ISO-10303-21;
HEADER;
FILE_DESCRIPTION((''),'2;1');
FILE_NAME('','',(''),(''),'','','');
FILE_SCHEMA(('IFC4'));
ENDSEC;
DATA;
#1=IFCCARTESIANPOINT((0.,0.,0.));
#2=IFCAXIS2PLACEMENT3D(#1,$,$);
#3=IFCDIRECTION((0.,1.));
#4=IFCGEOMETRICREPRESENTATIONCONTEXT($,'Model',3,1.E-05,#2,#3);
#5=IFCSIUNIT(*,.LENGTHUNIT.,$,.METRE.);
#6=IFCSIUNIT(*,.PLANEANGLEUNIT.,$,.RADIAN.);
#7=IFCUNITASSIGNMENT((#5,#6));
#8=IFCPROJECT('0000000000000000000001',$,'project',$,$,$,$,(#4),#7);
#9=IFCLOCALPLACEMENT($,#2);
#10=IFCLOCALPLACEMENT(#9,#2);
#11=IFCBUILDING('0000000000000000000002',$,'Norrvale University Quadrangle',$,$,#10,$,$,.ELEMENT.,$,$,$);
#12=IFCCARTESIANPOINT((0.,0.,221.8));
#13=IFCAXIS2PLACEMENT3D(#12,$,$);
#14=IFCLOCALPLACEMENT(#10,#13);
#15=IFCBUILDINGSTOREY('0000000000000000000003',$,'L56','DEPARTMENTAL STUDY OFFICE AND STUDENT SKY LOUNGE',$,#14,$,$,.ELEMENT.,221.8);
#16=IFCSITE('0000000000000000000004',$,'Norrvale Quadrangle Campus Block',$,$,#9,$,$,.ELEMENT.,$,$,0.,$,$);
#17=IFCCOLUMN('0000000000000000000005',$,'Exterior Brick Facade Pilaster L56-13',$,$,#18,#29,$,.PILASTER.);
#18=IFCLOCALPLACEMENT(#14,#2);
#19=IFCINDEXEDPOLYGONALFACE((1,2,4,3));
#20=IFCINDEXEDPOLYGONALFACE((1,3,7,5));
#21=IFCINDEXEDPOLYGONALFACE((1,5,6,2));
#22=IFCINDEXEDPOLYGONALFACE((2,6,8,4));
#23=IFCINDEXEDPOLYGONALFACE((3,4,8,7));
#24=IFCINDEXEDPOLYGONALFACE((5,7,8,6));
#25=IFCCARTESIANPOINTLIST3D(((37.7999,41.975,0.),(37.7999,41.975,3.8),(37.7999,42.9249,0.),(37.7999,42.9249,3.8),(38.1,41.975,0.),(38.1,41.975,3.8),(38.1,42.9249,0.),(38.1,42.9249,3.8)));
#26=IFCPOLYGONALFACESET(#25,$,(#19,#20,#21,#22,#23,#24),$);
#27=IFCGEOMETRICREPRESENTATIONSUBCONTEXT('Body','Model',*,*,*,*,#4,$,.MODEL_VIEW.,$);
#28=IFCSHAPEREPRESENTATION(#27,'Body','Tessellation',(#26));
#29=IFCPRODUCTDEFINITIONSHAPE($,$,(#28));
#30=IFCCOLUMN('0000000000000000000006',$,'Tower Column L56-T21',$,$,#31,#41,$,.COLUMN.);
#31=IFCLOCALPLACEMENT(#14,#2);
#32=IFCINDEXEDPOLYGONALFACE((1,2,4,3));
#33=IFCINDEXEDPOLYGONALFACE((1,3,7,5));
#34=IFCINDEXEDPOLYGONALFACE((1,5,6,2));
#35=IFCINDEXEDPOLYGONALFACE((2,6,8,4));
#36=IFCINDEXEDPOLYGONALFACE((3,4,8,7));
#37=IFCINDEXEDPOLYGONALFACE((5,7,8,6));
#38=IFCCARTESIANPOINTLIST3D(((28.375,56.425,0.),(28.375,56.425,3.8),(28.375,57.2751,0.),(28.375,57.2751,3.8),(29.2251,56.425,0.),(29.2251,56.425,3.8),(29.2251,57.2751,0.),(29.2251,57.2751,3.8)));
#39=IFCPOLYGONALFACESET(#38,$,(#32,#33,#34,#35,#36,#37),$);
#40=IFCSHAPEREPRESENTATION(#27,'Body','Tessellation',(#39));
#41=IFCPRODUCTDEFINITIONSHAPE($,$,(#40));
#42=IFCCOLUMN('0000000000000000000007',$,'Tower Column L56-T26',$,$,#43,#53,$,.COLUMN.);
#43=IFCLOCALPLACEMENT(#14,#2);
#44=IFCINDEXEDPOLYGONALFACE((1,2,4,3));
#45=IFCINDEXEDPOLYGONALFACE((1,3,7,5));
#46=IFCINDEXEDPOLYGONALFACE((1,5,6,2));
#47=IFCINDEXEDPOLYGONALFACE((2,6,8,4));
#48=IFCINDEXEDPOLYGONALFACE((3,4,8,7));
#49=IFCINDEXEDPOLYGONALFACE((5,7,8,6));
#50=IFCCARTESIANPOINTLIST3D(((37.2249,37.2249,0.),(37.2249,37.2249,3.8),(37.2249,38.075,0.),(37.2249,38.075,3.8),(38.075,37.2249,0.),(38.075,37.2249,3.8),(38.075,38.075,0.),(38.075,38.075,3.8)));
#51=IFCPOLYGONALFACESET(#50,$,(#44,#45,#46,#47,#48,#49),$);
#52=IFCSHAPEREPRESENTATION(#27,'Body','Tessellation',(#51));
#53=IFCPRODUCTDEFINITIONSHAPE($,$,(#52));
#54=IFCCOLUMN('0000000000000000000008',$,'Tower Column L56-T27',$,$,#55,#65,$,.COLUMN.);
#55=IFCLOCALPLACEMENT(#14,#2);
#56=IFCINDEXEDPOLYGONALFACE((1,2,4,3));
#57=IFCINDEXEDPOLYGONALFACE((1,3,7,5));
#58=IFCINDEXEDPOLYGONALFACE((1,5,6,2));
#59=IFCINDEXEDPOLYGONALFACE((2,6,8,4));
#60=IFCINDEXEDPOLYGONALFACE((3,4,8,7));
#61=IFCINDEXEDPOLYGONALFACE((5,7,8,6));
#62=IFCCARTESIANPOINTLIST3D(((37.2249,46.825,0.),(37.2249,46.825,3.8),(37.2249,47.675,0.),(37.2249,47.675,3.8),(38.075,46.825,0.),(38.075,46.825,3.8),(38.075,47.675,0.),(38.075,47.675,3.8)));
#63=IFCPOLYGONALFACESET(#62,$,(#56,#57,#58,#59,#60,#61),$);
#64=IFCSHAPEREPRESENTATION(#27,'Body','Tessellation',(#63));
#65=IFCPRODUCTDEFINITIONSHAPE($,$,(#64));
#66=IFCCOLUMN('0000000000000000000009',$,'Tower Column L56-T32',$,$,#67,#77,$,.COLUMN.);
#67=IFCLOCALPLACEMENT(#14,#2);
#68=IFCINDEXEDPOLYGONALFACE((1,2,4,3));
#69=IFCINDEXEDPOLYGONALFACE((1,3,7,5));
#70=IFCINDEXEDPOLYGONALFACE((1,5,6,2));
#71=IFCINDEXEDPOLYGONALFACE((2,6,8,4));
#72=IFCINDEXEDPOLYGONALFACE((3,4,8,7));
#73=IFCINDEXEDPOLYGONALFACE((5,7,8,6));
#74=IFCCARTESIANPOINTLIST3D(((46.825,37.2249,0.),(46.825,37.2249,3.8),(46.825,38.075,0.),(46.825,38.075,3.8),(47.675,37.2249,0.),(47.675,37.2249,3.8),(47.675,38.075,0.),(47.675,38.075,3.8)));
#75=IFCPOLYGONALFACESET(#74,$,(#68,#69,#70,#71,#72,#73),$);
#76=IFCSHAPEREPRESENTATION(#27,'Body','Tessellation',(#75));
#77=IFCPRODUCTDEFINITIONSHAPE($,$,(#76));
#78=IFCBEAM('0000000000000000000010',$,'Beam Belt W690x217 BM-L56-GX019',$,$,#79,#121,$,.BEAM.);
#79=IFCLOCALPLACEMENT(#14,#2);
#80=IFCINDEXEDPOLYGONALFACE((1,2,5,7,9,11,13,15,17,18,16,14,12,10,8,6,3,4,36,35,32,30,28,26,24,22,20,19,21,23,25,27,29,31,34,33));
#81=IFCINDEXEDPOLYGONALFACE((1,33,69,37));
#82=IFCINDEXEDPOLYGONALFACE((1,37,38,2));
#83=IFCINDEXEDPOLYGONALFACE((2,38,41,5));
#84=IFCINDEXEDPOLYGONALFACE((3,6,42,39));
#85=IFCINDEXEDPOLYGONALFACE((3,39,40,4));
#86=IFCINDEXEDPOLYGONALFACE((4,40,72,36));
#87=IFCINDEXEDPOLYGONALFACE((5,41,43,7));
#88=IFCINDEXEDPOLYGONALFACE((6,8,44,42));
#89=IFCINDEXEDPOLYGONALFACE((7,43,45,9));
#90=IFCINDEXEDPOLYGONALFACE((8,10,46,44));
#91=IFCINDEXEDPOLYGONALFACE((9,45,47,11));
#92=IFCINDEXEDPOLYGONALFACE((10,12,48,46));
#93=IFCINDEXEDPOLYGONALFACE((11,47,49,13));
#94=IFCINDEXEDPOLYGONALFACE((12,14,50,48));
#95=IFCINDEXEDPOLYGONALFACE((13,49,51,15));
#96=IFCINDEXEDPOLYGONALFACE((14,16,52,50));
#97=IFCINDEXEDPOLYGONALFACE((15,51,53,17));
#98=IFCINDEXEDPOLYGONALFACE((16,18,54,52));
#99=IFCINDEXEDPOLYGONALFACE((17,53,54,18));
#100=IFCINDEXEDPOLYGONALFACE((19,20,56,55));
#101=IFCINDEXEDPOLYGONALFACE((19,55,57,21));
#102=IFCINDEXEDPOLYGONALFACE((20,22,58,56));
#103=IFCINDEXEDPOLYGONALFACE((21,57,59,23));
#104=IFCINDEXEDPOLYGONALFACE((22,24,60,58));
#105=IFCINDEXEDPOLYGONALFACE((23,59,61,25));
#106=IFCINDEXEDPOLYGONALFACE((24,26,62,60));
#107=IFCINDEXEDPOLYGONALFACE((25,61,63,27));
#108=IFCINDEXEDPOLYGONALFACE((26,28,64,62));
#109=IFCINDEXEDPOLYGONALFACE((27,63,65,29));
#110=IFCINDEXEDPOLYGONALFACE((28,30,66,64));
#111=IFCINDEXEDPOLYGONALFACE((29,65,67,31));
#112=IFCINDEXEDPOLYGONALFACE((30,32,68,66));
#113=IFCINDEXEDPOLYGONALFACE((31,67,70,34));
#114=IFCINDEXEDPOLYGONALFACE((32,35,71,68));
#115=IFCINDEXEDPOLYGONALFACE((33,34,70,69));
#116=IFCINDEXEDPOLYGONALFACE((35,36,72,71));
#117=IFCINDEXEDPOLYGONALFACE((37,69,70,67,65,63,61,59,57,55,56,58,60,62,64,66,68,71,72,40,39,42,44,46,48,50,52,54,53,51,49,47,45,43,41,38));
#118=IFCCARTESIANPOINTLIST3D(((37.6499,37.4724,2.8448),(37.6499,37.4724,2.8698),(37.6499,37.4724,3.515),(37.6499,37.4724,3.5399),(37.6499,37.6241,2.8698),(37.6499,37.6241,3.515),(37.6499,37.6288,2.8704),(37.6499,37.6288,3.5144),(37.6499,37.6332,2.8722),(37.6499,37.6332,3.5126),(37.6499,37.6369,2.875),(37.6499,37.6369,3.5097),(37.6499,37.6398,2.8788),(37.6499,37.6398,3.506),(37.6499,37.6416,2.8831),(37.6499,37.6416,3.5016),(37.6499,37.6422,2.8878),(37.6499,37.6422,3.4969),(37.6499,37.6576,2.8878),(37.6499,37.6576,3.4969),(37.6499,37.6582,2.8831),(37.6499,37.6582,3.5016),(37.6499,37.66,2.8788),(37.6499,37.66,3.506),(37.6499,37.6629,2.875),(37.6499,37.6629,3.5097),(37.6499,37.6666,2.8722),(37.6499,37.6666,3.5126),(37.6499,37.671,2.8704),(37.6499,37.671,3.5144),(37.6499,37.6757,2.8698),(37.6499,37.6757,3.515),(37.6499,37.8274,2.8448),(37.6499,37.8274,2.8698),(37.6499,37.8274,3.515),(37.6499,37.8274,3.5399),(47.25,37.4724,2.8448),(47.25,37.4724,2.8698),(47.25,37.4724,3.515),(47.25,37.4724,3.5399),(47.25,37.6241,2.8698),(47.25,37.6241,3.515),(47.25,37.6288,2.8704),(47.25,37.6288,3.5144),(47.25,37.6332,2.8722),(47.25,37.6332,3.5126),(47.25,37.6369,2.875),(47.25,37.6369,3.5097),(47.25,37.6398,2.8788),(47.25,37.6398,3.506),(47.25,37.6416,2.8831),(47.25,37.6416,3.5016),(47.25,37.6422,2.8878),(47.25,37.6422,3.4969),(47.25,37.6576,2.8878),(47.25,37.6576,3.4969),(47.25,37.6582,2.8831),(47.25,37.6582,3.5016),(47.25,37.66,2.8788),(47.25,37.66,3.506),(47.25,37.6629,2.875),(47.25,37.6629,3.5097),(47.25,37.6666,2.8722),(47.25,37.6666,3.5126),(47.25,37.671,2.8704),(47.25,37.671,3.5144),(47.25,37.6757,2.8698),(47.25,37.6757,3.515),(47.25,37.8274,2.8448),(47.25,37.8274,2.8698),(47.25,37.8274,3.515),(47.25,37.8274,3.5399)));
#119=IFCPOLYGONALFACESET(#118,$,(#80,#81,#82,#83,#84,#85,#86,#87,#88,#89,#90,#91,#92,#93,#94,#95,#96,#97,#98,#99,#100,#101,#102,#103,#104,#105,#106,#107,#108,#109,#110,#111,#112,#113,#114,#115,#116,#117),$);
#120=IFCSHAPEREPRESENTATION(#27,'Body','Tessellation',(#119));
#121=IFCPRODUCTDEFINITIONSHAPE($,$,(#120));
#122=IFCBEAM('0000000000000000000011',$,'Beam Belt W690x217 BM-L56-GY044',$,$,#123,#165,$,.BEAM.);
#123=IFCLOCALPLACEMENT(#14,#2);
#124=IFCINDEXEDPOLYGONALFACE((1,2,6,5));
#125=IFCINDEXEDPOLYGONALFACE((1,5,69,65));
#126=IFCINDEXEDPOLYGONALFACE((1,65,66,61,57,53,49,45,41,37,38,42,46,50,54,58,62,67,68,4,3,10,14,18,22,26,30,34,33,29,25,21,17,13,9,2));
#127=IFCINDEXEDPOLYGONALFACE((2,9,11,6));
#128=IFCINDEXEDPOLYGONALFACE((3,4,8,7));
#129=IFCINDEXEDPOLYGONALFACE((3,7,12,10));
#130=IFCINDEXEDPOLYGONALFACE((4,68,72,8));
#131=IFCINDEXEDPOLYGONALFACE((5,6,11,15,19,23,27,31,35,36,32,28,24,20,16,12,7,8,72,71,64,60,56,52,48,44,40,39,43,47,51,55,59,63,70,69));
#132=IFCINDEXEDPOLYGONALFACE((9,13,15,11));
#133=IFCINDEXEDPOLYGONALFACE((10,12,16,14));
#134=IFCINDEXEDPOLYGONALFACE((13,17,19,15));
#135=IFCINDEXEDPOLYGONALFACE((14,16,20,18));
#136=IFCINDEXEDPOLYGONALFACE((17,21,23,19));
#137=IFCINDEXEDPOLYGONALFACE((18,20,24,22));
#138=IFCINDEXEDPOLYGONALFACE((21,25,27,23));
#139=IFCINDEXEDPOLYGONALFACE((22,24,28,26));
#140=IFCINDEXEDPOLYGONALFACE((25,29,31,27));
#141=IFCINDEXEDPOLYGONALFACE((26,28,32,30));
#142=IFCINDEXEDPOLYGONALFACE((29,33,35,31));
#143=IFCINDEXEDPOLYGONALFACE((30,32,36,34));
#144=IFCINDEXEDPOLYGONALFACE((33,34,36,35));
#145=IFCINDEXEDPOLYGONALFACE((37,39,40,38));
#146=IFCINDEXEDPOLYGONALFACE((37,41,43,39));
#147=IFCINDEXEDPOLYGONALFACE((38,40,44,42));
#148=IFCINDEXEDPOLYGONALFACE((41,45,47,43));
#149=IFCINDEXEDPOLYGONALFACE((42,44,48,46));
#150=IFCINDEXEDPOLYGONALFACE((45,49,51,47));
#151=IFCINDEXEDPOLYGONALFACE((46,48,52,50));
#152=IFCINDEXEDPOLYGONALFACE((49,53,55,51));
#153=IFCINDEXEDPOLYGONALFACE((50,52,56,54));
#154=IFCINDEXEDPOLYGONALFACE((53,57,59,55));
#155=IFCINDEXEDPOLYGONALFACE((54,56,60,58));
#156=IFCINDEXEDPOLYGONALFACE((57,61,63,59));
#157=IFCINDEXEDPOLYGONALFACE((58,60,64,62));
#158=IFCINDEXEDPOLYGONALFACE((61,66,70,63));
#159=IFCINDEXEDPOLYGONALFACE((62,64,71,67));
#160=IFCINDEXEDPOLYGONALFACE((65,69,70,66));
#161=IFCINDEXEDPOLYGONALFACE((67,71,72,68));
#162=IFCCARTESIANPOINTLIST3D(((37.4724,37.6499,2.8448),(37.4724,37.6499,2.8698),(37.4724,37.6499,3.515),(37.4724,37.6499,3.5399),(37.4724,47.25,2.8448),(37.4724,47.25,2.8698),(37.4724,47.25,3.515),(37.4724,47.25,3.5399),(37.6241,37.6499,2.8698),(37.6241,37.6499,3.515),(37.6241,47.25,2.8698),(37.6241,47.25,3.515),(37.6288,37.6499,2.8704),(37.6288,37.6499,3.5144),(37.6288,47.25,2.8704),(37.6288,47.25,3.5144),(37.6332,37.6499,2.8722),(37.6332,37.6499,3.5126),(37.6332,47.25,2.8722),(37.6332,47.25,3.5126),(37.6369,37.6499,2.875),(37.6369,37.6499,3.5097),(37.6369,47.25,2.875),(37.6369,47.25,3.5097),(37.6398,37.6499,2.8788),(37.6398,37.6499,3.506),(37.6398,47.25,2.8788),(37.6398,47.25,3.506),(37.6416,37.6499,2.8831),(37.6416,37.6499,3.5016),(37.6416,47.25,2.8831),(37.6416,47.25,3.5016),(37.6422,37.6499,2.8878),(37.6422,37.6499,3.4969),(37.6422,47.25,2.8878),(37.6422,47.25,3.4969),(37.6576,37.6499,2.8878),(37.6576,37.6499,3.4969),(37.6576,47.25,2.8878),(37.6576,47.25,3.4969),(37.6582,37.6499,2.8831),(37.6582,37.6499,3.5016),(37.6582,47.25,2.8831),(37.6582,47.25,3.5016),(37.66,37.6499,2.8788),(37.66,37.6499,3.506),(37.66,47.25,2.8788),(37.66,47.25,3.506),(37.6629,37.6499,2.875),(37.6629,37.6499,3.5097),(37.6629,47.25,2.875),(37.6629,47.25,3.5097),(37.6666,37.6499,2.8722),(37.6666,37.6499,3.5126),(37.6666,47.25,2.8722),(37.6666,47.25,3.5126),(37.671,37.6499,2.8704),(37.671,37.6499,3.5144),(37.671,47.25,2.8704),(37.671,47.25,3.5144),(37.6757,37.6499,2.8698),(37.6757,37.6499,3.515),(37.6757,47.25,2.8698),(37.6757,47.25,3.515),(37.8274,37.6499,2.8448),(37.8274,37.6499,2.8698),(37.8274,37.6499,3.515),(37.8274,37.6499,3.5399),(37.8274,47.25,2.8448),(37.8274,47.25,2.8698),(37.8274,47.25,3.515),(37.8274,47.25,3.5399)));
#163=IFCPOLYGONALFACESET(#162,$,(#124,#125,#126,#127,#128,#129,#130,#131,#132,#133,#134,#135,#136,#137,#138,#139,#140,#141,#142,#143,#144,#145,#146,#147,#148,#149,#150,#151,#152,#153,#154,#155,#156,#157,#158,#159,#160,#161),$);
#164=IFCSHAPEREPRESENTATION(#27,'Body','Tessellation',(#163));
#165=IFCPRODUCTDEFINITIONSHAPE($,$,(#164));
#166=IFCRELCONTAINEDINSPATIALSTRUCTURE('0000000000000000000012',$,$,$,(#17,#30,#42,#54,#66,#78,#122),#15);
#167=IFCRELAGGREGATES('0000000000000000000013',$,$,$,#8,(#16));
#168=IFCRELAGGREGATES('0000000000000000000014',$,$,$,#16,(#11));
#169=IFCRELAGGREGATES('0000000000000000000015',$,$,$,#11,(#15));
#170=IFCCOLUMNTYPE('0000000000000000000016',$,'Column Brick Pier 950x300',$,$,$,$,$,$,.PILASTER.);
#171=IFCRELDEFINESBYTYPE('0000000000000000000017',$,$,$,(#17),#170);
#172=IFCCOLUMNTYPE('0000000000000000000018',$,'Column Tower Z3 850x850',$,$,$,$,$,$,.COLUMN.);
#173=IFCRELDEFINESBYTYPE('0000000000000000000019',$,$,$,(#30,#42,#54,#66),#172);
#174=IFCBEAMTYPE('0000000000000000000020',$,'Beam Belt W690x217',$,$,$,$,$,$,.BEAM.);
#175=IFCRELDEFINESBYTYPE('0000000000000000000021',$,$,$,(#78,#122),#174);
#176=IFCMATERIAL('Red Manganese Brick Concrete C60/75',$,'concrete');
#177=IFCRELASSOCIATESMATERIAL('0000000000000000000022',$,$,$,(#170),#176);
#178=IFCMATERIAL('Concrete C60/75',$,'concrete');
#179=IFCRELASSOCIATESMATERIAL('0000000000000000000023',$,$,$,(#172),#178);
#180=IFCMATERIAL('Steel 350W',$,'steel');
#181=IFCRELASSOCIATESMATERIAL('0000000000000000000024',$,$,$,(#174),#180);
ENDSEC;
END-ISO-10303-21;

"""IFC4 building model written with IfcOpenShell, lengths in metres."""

from ifc_helpers import new_model, si_unit, direction, frame, origin, origin_2d, place, context, subcontext, project, spatial, rectangle, i_section, extrude, material, material_profile, profile_set, type_object, element, save


model = new_model("IFC4")

# Units and contexts
model_context = context("Model", 3, precision=1e-05, world=origin(), true_north=direction((0.0, 1.0)))
body_context = subcontext(model_context, "Body", "Model", "MODEL_VIEW")
ifc_project = project(units=[si_unit("LENGTHUNIT", "METRE"), si_unit("PLANEANGLEUNIT", "RADIAN")], contexts=[model_context])

# Site, building, storey
site_placement = place(None, origin())
site = spatial("IfcSite", under=ifc_project, at=site_placement, Name="Norrvale Quadrangle Campus Block", CompositionType="ELEMENT", RefElevation=0.0)
building_placement = place(site_placement, origin())
building = spatial("IfcBuilding", under=site, at=building_placement, Name="Norrvale University Quadrangle", CompositionType="ELEMENT")
storey_placement = place(building_placement, frame((0.0, 0.0, 221.8)))
storey = spatial("IfcBuildingStorey", under=building, at=storey_placement, Name="L56", Description="DEPARTMENTAL STUDY OFFICE AND STUDENT SKY LOUNGE", CompositionType="ELEMENT", Elevation=221.8)

# Columns
ifc_material_1 = material(Name="Red Manganese Brick Concrete C60/75", Category="concrete")
ifc_material_profile_1 = material_profile(ifc_material_1, rectangle(XDim=0.95, YDim=0.3, at=origin_2d()), Name="Red Manganese Brick Concrete C60/75")
ifc_profile_set_1 = profile_set([ifc_material_profile_1], Name="Red Manganese Brick Concrete C60/75")
column_type_1 = type_object("IfcColumnType", Name="Column Brick Pier 950x300", PredefinedType="PILASTER", material=ifc_profile_set_1)
column_placement = place(storey_placement, frame((37.95, 42.45, 0.0), z_axis=(0.0, 0.0, 1.0), x_axis=(0.0, 1.0, 0.0)))
element("IfcColumn", 1, at=column_placement, inside=storey, type_object=column_type_1, Name="Exterior Brick Facade Pilaster L56-13", PredefinedType="PILASTER", context=body_context, shape_type="SweptSolid", body=[
    extrude(rectangle(XDim=0.95, YDim=0.3, at=origin_2d()), origin(), (0.0, 0.0, 1.0), 3.8),
])
ifc_material_2 = material(Name="Concrete C60/75", Category="concrete")
ifc_material_profile_2 = material_profile(ifc_material_2, rectangle(XDim=0.8501, YDim=0.8501, at=origin_2d()), Name="Concrete C60/75")
ifc_profile_set_2 = profile_set([ifc_material_profile_2], Name="Concrete C60/75")
column_type_2 = type_object("IfcColumnType", Name="Column Tower Z3 850x850", PredefinedType="COLUMN", material=ifc_profile_set_2)
for number, where, z_axis, x_axis, name in (
    (2, (28.8, 56.8501, 0.0), (0.0, 0.0, 1.0), (1.0, 0.0, 0.0), "Tower Column L56-T21"),
    (3, (37.6499, 37.6499, 0.0), (0.0, 0.0, 1.0), (1.0, 0.0, 0.0), "Tower Column L56-T26"),
    (4, (37.6499, 47.25, 0.0), (0.0, 0.0, 1.0), (1.0, 0.0, 0.0), "Tower Column L56-T27"),
    (5, (47.25, 37.6499, 0.0), (0.0, 0.0, 1.0), (1.0, 0.0, 0.0), "Tower Column L56-T32"),
):
    element("IfcColumn", number, at=place(storey_placement, frame(where, z_axis=z_axis, x_axis=x_axis)), inside=storey, type_object=column_type_2, Name=name, PredefinedType="COLUMN", context=body_context, shape_type="SweptSolid", body=[
        extrude(rectangle(XDim=0.8501, YDim=0.8501, at=origin_2d()), origin(), (0.0, 0.0, 1.0), 3.8),
    ])

# Beams
ifc_material_3 = material(Name="Steel 350W", Category="steel")
ifc_material_profile_3 = material_profile(ifc_material_3, i_section(OverallWidth=0.355, OverallDepth=0.6951, WebThickness=0.0154, FlangeThickness=0.0249, FilletRadius=0.0181, at=origin_2d()), Name="Steel 350W")
ifc_profile_set_3 = profile_set([ifc_material_profile_3], Name="Steel 350W")
beam_type_1 = type_object("IfcBeamType", Name="Beam Belt W690x217", PredefinedType="BEAM", material=ifc_profile_set_3)
for number, where, z_axis, x_axis, name in (
    (6, (37.6499, 37.6499, 3.1924), (1.0, 0.0, 0.0), (0.0, 1.0, 0.0), "Beam Belt W690x217 BM-L56-GX019"),
    (7, (37.6499, 37.6499, 3.1924), (0.0, 1.0, 0.0), (-1.0, 0.0, 0.0), "Beam Belt W690x217 BM-L56-GY044"),
):
    element("IfcBeam", number, at=place(storey_placement, frame(where, z_axis=z_axis, x_axis=x_axis)), inside=storey, type_object=beam_type_1, Name=name, PredefinedType="BEAM", context=body_context, shape_type="SweptSolid", body=[
        extrude(i_section(OverallWidth=0.355, OverallDepth=0.6951, WebThickness=0.0154, FlangeThickness=0.0249, FilletRadius=0.0181, at=origin_2d()), origin(), (0.0, 0.0, 1.0), 9.6001),
    ])

save(model, "model.ifc")
